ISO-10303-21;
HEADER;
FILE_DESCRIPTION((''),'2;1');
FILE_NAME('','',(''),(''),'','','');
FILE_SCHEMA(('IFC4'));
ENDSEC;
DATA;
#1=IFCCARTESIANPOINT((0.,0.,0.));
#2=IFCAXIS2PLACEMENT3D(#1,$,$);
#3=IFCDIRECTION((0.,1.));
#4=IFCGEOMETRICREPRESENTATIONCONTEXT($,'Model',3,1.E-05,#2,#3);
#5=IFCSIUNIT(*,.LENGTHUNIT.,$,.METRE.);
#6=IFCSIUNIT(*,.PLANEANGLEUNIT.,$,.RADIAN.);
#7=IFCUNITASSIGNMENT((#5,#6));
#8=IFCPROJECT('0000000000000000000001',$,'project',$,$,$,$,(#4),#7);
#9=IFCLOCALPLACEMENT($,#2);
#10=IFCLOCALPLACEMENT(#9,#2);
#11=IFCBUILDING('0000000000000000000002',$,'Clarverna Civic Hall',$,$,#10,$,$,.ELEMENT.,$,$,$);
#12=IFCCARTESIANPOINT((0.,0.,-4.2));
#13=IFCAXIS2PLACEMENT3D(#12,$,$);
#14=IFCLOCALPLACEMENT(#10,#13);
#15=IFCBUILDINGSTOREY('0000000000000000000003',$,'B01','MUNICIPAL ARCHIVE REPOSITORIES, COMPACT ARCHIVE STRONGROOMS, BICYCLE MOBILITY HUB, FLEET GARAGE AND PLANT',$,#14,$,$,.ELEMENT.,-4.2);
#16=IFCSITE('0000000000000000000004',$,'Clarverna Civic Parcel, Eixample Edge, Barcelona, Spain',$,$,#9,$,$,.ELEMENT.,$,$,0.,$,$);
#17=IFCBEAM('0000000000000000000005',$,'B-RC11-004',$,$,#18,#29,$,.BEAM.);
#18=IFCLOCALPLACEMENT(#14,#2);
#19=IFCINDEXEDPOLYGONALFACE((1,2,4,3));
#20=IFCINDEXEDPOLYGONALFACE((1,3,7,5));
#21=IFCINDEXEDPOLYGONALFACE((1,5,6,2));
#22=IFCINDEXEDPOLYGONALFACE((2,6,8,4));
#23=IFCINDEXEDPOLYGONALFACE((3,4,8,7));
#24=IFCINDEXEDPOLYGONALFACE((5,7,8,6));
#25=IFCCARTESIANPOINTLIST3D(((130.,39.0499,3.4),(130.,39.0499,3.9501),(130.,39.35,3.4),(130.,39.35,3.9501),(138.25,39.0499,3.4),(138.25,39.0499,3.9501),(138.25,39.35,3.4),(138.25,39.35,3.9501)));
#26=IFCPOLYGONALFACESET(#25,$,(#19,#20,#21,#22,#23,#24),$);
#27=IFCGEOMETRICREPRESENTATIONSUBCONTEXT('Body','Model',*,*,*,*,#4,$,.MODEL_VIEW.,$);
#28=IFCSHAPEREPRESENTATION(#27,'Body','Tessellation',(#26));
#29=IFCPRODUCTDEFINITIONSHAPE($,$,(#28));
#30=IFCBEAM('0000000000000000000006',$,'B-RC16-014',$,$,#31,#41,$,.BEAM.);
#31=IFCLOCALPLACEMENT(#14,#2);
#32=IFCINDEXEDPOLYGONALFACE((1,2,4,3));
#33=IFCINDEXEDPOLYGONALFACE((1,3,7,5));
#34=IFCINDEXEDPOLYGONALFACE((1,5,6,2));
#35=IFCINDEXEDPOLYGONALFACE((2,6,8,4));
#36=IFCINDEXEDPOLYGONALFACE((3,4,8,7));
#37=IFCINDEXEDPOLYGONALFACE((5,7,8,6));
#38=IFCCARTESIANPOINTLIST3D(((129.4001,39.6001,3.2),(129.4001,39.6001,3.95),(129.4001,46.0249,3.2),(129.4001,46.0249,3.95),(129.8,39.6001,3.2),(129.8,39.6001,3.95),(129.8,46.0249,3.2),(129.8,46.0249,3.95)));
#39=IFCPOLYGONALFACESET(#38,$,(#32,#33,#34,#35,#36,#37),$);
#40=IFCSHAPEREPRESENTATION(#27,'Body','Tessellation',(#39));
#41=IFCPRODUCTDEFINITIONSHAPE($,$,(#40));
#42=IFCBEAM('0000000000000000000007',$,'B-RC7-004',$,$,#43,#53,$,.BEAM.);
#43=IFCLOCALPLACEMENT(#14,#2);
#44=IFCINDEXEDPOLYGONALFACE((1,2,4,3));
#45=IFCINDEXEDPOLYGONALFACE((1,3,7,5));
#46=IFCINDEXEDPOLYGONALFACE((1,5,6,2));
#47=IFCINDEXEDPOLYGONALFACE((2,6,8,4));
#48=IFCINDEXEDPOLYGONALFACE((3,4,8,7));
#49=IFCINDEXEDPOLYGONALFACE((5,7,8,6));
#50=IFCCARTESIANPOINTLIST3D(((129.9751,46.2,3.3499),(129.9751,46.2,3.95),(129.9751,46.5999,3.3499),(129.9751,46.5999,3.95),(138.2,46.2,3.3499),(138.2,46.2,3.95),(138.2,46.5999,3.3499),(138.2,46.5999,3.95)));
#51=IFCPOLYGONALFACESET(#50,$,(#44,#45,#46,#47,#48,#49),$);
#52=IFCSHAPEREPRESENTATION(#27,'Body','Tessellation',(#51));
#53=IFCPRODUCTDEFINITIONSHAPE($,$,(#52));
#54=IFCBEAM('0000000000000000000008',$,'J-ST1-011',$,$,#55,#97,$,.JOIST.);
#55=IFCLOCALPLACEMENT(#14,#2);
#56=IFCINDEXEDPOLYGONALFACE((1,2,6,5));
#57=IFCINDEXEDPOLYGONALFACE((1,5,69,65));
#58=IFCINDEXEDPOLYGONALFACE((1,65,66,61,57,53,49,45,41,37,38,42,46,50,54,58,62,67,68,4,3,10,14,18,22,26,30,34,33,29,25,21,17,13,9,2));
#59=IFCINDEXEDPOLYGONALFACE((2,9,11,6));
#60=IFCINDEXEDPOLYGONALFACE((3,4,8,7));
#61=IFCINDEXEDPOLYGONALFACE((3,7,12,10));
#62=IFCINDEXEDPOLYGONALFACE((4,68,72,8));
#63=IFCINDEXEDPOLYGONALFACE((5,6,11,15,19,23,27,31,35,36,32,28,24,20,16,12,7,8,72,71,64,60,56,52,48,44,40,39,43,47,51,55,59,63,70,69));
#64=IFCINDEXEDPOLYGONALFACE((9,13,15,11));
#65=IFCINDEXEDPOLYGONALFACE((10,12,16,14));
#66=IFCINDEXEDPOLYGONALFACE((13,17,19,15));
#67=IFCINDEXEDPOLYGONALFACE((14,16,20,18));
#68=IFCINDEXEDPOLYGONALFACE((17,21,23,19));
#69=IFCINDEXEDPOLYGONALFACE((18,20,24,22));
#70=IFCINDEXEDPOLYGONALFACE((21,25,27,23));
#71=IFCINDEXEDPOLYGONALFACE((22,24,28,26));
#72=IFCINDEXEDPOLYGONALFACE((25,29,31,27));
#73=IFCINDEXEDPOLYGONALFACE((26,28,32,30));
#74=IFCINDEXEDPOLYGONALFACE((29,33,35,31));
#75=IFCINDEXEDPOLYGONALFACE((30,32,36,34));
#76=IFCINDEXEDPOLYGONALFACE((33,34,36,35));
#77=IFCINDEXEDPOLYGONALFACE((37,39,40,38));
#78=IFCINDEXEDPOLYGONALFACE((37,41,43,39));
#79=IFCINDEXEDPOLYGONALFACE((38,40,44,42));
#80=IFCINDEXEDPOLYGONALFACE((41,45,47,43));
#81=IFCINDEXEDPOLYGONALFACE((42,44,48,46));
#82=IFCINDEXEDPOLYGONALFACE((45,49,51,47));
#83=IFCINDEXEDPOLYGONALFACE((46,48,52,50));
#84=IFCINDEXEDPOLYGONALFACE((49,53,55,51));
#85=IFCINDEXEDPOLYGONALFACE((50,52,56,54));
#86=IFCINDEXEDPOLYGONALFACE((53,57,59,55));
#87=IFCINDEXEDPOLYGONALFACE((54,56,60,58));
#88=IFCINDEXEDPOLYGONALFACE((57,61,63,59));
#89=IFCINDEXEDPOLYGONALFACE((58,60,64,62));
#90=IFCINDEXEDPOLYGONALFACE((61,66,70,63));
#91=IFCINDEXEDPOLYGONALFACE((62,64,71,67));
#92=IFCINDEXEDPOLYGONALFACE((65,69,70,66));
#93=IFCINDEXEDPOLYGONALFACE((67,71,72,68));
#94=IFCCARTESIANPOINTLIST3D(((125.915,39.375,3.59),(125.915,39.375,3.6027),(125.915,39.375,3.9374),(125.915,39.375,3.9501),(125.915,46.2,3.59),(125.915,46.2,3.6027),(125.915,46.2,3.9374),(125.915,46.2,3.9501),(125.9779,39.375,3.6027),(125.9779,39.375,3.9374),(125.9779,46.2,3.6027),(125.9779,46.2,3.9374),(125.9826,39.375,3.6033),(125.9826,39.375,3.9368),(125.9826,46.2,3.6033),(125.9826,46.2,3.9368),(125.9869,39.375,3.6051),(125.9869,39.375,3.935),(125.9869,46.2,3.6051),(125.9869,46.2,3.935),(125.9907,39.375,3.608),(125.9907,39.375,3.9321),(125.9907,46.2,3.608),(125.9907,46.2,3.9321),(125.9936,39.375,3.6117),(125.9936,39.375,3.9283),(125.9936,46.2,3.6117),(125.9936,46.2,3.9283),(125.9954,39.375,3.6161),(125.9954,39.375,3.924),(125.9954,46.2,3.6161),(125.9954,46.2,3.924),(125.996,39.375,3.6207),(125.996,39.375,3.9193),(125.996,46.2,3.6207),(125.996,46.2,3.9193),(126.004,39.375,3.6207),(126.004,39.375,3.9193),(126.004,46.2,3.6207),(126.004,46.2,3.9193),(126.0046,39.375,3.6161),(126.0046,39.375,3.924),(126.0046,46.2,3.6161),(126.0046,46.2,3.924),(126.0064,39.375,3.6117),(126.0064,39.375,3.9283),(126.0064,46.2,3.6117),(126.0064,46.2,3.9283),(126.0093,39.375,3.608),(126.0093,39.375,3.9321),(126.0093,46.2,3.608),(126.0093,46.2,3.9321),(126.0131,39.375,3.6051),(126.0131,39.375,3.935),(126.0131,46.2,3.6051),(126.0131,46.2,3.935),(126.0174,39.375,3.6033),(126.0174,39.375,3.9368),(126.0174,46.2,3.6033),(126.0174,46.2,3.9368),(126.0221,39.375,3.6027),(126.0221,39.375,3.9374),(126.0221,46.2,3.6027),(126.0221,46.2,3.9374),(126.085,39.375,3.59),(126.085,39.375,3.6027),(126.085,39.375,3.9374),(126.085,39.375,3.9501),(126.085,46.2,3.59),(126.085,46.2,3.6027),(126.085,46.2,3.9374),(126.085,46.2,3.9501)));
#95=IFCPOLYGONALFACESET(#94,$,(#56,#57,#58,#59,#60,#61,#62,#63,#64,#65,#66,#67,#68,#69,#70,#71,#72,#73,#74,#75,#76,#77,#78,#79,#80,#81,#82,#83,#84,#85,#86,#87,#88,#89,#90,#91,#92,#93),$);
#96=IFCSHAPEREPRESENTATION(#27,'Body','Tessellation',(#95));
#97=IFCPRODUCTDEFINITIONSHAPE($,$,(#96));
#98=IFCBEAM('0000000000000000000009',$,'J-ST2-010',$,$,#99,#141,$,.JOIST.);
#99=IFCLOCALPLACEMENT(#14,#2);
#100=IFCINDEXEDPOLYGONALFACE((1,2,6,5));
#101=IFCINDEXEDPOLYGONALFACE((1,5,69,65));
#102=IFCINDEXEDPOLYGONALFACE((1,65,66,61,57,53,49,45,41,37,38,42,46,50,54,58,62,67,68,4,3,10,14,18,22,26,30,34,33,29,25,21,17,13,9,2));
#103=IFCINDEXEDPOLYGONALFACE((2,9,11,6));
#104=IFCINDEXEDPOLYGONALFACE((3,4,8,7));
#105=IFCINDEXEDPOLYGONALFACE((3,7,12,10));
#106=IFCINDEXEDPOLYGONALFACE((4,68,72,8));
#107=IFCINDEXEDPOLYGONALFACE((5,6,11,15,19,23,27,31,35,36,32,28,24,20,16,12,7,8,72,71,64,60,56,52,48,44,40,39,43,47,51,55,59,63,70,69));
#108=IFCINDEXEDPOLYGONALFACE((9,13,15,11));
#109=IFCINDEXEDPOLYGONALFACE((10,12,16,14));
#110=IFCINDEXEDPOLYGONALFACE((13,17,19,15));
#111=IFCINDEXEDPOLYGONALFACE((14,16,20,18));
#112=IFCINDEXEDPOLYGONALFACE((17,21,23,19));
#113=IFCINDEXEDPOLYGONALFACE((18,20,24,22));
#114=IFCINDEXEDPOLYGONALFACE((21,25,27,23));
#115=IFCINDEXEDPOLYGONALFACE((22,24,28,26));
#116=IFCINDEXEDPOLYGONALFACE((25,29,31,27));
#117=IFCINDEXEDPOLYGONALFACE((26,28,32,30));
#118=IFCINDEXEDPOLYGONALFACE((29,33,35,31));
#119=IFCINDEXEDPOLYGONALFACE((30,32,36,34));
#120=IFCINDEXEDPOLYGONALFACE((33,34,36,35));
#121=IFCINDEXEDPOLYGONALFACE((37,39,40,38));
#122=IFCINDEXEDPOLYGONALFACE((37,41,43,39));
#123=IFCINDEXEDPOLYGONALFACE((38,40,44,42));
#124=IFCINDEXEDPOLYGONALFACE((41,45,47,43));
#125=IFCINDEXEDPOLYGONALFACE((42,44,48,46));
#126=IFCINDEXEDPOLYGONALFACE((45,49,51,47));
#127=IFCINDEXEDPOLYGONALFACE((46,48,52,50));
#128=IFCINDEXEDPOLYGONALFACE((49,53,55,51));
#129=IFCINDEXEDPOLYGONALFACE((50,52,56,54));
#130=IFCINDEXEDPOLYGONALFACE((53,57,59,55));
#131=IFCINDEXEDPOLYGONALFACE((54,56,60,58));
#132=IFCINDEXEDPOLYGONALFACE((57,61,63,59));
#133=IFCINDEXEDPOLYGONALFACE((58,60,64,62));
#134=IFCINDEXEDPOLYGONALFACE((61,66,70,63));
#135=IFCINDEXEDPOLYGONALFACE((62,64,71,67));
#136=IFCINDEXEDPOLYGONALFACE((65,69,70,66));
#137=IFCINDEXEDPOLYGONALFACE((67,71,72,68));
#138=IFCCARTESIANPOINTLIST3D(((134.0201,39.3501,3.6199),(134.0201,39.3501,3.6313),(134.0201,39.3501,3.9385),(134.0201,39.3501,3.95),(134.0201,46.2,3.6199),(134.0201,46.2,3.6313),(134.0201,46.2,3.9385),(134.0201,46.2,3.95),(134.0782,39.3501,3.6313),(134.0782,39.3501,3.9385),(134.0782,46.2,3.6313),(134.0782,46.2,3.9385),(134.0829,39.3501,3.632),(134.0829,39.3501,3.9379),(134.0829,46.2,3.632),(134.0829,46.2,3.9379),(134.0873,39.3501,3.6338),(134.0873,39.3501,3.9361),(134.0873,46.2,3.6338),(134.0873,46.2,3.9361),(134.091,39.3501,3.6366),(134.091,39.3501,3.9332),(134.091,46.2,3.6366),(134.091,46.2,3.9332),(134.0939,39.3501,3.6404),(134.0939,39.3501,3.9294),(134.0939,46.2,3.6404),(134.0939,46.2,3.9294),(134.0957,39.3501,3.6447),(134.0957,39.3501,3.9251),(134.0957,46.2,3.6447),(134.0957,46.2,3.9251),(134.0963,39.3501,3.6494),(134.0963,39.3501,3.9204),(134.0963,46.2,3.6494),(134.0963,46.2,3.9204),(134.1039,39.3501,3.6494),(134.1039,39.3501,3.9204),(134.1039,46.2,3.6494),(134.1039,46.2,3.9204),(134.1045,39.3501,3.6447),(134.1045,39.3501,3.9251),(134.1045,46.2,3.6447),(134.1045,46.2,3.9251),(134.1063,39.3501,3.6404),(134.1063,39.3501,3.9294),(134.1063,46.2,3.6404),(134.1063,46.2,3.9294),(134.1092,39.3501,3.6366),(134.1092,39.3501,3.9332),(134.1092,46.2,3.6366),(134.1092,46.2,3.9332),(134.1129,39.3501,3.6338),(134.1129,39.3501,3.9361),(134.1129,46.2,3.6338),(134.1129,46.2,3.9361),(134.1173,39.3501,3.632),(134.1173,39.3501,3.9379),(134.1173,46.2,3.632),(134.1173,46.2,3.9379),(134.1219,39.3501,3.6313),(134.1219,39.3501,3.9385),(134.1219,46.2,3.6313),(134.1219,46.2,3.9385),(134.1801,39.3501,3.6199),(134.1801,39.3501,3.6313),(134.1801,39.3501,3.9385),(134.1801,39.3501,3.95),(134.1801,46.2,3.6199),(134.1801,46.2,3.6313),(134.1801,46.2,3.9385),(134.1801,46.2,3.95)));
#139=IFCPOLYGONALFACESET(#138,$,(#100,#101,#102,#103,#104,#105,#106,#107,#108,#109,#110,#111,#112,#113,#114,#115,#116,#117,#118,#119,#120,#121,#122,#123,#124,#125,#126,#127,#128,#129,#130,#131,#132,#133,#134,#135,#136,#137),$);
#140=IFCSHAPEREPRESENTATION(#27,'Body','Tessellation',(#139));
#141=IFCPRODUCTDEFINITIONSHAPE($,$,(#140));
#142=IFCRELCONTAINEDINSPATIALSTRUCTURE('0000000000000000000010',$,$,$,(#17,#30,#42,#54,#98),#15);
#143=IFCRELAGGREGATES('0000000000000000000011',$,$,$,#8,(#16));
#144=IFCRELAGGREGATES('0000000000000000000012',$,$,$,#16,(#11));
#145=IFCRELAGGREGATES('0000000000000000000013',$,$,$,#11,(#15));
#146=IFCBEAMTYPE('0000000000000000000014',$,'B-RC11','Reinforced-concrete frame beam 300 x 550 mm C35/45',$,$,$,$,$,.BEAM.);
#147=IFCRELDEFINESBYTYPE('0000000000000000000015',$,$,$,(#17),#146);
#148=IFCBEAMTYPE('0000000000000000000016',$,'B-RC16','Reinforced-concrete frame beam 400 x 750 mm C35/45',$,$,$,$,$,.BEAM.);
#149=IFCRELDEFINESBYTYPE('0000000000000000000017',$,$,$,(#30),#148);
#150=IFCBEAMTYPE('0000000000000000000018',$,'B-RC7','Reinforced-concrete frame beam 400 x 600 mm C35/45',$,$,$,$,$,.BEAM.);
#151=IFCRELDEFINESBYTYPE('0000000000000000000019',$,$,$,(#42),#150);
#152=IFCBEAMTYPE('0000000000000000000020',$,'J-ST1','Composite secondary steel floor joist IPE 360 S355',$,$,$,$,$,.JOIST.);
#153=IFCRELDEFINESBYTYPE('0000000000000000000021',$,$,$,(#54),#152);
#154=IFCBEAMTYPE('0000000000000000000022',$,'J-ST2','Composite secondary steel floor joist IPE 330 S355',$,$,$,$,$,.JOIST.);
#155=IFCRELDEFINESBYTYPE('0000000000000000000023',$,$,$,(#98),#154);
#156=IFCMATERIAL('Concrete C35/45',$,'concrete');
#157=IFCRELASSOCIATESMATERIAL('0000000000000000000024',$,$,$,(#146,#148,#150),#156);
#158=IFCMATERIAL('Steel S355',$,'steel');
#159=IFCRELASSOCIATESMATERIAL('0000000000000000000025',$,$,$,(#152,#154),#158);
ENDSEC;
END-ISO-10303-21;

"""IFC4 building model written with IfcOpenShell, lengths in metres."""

from ifc_helpers import new_model, si_unit, direction, frame, origin, origin_2d, place, context, subcontext, project, spatial, rectangle, i_section, extrude, material, material_profile, profile_set, type_object, element, save


model = new_model("IFC4")

# Units and contexts
model_context = context("Model", 3, precision=1e-05, world=origin(), true_north=direction((0.0, 1.0)))
body_context = subcontext(model_context, "Body", "Model", "MODEL_VIEW")
ifc_project = project(units=[si_unit("LENGTHUNIT", "METRE"), si_unit("PLANEANGLEUNIT", "RADIAN")], contexts=[model_context])

# Site, building, storey
site_placement = place(None, origin())
site = spatial("IfcSite", under=ifc_project, at=site_placement, Name="Clarverna Civic Parcel, Eixample Edge, Barcelona, Spain", CompositionType="ELEMENT", RefElevation=0.0)
building_placement = place(site_placement, origin())
building = spatial("IfcBuilding", under=site, at=building_placement, Name="Clarverna Civic Hall", CompositionType="ELEMENT")
storey_placement = place(building_placement, frame((0.0, 0.0, -4.2)))
storey = spatial("IfcBuildingStorey", under=building, at=storey_placement, Name="B01", Description="MUNICIPAL ARCHIVE REPOSITORIES, COMPACT ARCHIVE STRONGROOMS, BICYCLE MOBILITY HUB, FLEET GARAGE AND PLANT", CompositionType="ELEMENT", Elevation=-4.2)

# Shared definitions
ifc_material_1 = material(Name="Concrete C35/45", Category="concrete")

# Beams
ifc_material_profile_1 = material_profile(ifc_material_1, rectangle(XDim=0.3, YDim=0.55, at=origin_2d()), Name="RC 300x550")
ifc_profile_set_1 = profile_set([ifc_material_profile_1], Name="Concrete C35/45")
beam_type_1 = type_object("IfcBeamType", Name="B-RC11", Description="Reinforced-concrete frame beam 300 x 550 mm C35/45", PredefinedType="BEAM", material=ifc_profile_set_1)
beam_1_placement = place(storey_placement, frame((130.0, 39.2, 3.675), z_axis=(1.0, 0.0, 0.0), x_axis=(0.0, 1.0, 0.0)))
element("IfcBeam", 1, at=beam_1_placement, inside=storey, type_object=beam_type_1, Name="B-RC11-004", PredefinedType="BEAM", context=body_context, shape_type="SweptSolid", body=[
    extrude(rectangle(XDim=0.3, YDim=0.55, at=origin_2d()), origin(), (0.0, 0.0, 1.0), 8.25),
])
ifc_material_profile_2 = material_profile(ifc_material_1, rectangle(XDim=0.3999, YDim=0.75, at=origin_2d()), Name="RC 400x750")
ifc_profile_set_2 = profile_set([ifc_material_profile_2], Name="Concrete C35/45")
beam_type_2 = type_object("IfcBeamType", Name="B-RC16", Description="Reinforced-concrete frame beam 400 x 750 mm C35/45", PredefinedType="BEAM", material=ifc_profile_set_2)
beam_2_placement = place(storey_placement, frame((129.6001, 39.6001, 3.575), z_axis=(0.0, 1.0, 0.0), x_axis=(-1.0, 0.0, 0.0)))
element("IfcBeam", 2, at=beam_2_placement, inside=storey, type_object=beam_type_2, Name="B-RC16-014", PredefinedType="BEAM", context=body_context, shape_type="SweptSolid", body=[
    extrude(rectangle(XDim=0.3999, YDim=0.75, at=origin_2d()), origin(), (0.0, 0.0, 1.0), 6.4248),
])
ifc_material_profile_3 = material_profile(ifc_material_1, rectangle(XDim=0.3999, YDim=0.6001, at=origin_2d()), Name="RC 400x600")
ifc_profile_set_3 = profile_set([ifc_material_profile_3], Name="Concrete C35/45")
beam_type_3 = type_object("IfcBeamType", Name="B-RC7", Description="Reinforced-concrete frame beam 400 x 600 mm C35/45", PredefinedType="BEAM", material=ifc_profile_set_3)
beam_3_placement = place(storey_placement, frame((129.9751, 46.3999, 3.6499), z_axis=(1.0, 0.0, 0.0), x_axis=(0.0, 1.0, 0.0)))
element("IfcBeam", 3, at=beam_3_placement, inside=storey, type_object=beam_type_3, Name="B-RC7-004", PredefinedType="BEAM", context=body_context, shape_type="SweptSolid", body=[
    extrude(rectangle(XDim=0.3999, YDim=0.6001, at=origin_2d()), origin(), (0.0, 0.0, 1.0), 8.2249),
])
ifc_material_2 = material(Name="Steel S355", Category="steel")
ifc_material_profile_4 = material_profile(ifc_material_2, i_section(OverallWidth=0.1699, OverallDepth=0.3601, WebThickness=0.0081, FlangeThickness=0.0127, FilletRadius=0.0181, at=origin_2d()), Name="IPE 360")
ifc_profile_set_4 = profile_set([ifc_material_profile_4], Name="Steel S355")
beam_type_4 = type_object("IfcBeamType", Name="J-ST1", Description="Composite secondary steel floor joist IPE 360 S355", PredefinedType="JOIST", material=ifc_profile_set_4)
beam_4_placement = place(storey_placement, frame((126.0, 39.375, 3.77), z_axis=(0.0, 1.0, 0.0), x_axis=(-1.0, 0.0, 0.0)))
element("IfcBeam", 4, at=beam_4_placement, inside=storey, type_object=beam_type_4, Name="J-ST1-011", PredefinedType="JOIST", context=body_context, shape_type="SweptSolid", body=[
    extrude(i_section(OverallWidth=0.1699, OverallDepth=0.3601, WebThickness=0.0081, FlangeThickness=0.0127, FilletRadius=0.0181, at=origin_2d()), origin(), (0.0, 0.0, 1.0), 6.825),
])
ifc_material_profile_5 = material_profile(ifc_material_2, i_section(OverallWidth=0.1599, OverallDepth=0.3301, WebThickness=0.0076, FlangeThickness=0.0115, FilletRadius=0.0181, at=origin_2d()), Name="IPE 330")
ifc_profile_set_5 = profile_set([ifc_material_profile_5], Name="Steel S355")
beam_type_5 = type_object("IfcBeamType", Name="J-ST2", Description="Composite secondary steel floor joist IPE 330 S355", PredefinedType="JOIST", material=ifc_profile_set_5)
beam_5_placement = place(storey_placement, frame((134.1001, 39.3501, 3.7849), z_axis=(0.0, 1.0, 0.0), x_axis=(-1.0, 0.0, 0.0)))
element("IfcBeam", 5, at=beam_5_placement, inside=storey, type_object=beam_type_5, Name="J-ST2-010", PredefinedType="JOIST", context=body_context, shape_type="SweptSolid", body=[
    extrude(i_section(OverallWidth=0.1599, OverallDepth=0.3301, WebThickness=0.0076, FlangeThickness=0.0115, FilletRadius=0.0181, at=origin_2d()), origin(), (0.0, 0.0, 1.0), 6.8499),
])

save(model, "model.ifc")
